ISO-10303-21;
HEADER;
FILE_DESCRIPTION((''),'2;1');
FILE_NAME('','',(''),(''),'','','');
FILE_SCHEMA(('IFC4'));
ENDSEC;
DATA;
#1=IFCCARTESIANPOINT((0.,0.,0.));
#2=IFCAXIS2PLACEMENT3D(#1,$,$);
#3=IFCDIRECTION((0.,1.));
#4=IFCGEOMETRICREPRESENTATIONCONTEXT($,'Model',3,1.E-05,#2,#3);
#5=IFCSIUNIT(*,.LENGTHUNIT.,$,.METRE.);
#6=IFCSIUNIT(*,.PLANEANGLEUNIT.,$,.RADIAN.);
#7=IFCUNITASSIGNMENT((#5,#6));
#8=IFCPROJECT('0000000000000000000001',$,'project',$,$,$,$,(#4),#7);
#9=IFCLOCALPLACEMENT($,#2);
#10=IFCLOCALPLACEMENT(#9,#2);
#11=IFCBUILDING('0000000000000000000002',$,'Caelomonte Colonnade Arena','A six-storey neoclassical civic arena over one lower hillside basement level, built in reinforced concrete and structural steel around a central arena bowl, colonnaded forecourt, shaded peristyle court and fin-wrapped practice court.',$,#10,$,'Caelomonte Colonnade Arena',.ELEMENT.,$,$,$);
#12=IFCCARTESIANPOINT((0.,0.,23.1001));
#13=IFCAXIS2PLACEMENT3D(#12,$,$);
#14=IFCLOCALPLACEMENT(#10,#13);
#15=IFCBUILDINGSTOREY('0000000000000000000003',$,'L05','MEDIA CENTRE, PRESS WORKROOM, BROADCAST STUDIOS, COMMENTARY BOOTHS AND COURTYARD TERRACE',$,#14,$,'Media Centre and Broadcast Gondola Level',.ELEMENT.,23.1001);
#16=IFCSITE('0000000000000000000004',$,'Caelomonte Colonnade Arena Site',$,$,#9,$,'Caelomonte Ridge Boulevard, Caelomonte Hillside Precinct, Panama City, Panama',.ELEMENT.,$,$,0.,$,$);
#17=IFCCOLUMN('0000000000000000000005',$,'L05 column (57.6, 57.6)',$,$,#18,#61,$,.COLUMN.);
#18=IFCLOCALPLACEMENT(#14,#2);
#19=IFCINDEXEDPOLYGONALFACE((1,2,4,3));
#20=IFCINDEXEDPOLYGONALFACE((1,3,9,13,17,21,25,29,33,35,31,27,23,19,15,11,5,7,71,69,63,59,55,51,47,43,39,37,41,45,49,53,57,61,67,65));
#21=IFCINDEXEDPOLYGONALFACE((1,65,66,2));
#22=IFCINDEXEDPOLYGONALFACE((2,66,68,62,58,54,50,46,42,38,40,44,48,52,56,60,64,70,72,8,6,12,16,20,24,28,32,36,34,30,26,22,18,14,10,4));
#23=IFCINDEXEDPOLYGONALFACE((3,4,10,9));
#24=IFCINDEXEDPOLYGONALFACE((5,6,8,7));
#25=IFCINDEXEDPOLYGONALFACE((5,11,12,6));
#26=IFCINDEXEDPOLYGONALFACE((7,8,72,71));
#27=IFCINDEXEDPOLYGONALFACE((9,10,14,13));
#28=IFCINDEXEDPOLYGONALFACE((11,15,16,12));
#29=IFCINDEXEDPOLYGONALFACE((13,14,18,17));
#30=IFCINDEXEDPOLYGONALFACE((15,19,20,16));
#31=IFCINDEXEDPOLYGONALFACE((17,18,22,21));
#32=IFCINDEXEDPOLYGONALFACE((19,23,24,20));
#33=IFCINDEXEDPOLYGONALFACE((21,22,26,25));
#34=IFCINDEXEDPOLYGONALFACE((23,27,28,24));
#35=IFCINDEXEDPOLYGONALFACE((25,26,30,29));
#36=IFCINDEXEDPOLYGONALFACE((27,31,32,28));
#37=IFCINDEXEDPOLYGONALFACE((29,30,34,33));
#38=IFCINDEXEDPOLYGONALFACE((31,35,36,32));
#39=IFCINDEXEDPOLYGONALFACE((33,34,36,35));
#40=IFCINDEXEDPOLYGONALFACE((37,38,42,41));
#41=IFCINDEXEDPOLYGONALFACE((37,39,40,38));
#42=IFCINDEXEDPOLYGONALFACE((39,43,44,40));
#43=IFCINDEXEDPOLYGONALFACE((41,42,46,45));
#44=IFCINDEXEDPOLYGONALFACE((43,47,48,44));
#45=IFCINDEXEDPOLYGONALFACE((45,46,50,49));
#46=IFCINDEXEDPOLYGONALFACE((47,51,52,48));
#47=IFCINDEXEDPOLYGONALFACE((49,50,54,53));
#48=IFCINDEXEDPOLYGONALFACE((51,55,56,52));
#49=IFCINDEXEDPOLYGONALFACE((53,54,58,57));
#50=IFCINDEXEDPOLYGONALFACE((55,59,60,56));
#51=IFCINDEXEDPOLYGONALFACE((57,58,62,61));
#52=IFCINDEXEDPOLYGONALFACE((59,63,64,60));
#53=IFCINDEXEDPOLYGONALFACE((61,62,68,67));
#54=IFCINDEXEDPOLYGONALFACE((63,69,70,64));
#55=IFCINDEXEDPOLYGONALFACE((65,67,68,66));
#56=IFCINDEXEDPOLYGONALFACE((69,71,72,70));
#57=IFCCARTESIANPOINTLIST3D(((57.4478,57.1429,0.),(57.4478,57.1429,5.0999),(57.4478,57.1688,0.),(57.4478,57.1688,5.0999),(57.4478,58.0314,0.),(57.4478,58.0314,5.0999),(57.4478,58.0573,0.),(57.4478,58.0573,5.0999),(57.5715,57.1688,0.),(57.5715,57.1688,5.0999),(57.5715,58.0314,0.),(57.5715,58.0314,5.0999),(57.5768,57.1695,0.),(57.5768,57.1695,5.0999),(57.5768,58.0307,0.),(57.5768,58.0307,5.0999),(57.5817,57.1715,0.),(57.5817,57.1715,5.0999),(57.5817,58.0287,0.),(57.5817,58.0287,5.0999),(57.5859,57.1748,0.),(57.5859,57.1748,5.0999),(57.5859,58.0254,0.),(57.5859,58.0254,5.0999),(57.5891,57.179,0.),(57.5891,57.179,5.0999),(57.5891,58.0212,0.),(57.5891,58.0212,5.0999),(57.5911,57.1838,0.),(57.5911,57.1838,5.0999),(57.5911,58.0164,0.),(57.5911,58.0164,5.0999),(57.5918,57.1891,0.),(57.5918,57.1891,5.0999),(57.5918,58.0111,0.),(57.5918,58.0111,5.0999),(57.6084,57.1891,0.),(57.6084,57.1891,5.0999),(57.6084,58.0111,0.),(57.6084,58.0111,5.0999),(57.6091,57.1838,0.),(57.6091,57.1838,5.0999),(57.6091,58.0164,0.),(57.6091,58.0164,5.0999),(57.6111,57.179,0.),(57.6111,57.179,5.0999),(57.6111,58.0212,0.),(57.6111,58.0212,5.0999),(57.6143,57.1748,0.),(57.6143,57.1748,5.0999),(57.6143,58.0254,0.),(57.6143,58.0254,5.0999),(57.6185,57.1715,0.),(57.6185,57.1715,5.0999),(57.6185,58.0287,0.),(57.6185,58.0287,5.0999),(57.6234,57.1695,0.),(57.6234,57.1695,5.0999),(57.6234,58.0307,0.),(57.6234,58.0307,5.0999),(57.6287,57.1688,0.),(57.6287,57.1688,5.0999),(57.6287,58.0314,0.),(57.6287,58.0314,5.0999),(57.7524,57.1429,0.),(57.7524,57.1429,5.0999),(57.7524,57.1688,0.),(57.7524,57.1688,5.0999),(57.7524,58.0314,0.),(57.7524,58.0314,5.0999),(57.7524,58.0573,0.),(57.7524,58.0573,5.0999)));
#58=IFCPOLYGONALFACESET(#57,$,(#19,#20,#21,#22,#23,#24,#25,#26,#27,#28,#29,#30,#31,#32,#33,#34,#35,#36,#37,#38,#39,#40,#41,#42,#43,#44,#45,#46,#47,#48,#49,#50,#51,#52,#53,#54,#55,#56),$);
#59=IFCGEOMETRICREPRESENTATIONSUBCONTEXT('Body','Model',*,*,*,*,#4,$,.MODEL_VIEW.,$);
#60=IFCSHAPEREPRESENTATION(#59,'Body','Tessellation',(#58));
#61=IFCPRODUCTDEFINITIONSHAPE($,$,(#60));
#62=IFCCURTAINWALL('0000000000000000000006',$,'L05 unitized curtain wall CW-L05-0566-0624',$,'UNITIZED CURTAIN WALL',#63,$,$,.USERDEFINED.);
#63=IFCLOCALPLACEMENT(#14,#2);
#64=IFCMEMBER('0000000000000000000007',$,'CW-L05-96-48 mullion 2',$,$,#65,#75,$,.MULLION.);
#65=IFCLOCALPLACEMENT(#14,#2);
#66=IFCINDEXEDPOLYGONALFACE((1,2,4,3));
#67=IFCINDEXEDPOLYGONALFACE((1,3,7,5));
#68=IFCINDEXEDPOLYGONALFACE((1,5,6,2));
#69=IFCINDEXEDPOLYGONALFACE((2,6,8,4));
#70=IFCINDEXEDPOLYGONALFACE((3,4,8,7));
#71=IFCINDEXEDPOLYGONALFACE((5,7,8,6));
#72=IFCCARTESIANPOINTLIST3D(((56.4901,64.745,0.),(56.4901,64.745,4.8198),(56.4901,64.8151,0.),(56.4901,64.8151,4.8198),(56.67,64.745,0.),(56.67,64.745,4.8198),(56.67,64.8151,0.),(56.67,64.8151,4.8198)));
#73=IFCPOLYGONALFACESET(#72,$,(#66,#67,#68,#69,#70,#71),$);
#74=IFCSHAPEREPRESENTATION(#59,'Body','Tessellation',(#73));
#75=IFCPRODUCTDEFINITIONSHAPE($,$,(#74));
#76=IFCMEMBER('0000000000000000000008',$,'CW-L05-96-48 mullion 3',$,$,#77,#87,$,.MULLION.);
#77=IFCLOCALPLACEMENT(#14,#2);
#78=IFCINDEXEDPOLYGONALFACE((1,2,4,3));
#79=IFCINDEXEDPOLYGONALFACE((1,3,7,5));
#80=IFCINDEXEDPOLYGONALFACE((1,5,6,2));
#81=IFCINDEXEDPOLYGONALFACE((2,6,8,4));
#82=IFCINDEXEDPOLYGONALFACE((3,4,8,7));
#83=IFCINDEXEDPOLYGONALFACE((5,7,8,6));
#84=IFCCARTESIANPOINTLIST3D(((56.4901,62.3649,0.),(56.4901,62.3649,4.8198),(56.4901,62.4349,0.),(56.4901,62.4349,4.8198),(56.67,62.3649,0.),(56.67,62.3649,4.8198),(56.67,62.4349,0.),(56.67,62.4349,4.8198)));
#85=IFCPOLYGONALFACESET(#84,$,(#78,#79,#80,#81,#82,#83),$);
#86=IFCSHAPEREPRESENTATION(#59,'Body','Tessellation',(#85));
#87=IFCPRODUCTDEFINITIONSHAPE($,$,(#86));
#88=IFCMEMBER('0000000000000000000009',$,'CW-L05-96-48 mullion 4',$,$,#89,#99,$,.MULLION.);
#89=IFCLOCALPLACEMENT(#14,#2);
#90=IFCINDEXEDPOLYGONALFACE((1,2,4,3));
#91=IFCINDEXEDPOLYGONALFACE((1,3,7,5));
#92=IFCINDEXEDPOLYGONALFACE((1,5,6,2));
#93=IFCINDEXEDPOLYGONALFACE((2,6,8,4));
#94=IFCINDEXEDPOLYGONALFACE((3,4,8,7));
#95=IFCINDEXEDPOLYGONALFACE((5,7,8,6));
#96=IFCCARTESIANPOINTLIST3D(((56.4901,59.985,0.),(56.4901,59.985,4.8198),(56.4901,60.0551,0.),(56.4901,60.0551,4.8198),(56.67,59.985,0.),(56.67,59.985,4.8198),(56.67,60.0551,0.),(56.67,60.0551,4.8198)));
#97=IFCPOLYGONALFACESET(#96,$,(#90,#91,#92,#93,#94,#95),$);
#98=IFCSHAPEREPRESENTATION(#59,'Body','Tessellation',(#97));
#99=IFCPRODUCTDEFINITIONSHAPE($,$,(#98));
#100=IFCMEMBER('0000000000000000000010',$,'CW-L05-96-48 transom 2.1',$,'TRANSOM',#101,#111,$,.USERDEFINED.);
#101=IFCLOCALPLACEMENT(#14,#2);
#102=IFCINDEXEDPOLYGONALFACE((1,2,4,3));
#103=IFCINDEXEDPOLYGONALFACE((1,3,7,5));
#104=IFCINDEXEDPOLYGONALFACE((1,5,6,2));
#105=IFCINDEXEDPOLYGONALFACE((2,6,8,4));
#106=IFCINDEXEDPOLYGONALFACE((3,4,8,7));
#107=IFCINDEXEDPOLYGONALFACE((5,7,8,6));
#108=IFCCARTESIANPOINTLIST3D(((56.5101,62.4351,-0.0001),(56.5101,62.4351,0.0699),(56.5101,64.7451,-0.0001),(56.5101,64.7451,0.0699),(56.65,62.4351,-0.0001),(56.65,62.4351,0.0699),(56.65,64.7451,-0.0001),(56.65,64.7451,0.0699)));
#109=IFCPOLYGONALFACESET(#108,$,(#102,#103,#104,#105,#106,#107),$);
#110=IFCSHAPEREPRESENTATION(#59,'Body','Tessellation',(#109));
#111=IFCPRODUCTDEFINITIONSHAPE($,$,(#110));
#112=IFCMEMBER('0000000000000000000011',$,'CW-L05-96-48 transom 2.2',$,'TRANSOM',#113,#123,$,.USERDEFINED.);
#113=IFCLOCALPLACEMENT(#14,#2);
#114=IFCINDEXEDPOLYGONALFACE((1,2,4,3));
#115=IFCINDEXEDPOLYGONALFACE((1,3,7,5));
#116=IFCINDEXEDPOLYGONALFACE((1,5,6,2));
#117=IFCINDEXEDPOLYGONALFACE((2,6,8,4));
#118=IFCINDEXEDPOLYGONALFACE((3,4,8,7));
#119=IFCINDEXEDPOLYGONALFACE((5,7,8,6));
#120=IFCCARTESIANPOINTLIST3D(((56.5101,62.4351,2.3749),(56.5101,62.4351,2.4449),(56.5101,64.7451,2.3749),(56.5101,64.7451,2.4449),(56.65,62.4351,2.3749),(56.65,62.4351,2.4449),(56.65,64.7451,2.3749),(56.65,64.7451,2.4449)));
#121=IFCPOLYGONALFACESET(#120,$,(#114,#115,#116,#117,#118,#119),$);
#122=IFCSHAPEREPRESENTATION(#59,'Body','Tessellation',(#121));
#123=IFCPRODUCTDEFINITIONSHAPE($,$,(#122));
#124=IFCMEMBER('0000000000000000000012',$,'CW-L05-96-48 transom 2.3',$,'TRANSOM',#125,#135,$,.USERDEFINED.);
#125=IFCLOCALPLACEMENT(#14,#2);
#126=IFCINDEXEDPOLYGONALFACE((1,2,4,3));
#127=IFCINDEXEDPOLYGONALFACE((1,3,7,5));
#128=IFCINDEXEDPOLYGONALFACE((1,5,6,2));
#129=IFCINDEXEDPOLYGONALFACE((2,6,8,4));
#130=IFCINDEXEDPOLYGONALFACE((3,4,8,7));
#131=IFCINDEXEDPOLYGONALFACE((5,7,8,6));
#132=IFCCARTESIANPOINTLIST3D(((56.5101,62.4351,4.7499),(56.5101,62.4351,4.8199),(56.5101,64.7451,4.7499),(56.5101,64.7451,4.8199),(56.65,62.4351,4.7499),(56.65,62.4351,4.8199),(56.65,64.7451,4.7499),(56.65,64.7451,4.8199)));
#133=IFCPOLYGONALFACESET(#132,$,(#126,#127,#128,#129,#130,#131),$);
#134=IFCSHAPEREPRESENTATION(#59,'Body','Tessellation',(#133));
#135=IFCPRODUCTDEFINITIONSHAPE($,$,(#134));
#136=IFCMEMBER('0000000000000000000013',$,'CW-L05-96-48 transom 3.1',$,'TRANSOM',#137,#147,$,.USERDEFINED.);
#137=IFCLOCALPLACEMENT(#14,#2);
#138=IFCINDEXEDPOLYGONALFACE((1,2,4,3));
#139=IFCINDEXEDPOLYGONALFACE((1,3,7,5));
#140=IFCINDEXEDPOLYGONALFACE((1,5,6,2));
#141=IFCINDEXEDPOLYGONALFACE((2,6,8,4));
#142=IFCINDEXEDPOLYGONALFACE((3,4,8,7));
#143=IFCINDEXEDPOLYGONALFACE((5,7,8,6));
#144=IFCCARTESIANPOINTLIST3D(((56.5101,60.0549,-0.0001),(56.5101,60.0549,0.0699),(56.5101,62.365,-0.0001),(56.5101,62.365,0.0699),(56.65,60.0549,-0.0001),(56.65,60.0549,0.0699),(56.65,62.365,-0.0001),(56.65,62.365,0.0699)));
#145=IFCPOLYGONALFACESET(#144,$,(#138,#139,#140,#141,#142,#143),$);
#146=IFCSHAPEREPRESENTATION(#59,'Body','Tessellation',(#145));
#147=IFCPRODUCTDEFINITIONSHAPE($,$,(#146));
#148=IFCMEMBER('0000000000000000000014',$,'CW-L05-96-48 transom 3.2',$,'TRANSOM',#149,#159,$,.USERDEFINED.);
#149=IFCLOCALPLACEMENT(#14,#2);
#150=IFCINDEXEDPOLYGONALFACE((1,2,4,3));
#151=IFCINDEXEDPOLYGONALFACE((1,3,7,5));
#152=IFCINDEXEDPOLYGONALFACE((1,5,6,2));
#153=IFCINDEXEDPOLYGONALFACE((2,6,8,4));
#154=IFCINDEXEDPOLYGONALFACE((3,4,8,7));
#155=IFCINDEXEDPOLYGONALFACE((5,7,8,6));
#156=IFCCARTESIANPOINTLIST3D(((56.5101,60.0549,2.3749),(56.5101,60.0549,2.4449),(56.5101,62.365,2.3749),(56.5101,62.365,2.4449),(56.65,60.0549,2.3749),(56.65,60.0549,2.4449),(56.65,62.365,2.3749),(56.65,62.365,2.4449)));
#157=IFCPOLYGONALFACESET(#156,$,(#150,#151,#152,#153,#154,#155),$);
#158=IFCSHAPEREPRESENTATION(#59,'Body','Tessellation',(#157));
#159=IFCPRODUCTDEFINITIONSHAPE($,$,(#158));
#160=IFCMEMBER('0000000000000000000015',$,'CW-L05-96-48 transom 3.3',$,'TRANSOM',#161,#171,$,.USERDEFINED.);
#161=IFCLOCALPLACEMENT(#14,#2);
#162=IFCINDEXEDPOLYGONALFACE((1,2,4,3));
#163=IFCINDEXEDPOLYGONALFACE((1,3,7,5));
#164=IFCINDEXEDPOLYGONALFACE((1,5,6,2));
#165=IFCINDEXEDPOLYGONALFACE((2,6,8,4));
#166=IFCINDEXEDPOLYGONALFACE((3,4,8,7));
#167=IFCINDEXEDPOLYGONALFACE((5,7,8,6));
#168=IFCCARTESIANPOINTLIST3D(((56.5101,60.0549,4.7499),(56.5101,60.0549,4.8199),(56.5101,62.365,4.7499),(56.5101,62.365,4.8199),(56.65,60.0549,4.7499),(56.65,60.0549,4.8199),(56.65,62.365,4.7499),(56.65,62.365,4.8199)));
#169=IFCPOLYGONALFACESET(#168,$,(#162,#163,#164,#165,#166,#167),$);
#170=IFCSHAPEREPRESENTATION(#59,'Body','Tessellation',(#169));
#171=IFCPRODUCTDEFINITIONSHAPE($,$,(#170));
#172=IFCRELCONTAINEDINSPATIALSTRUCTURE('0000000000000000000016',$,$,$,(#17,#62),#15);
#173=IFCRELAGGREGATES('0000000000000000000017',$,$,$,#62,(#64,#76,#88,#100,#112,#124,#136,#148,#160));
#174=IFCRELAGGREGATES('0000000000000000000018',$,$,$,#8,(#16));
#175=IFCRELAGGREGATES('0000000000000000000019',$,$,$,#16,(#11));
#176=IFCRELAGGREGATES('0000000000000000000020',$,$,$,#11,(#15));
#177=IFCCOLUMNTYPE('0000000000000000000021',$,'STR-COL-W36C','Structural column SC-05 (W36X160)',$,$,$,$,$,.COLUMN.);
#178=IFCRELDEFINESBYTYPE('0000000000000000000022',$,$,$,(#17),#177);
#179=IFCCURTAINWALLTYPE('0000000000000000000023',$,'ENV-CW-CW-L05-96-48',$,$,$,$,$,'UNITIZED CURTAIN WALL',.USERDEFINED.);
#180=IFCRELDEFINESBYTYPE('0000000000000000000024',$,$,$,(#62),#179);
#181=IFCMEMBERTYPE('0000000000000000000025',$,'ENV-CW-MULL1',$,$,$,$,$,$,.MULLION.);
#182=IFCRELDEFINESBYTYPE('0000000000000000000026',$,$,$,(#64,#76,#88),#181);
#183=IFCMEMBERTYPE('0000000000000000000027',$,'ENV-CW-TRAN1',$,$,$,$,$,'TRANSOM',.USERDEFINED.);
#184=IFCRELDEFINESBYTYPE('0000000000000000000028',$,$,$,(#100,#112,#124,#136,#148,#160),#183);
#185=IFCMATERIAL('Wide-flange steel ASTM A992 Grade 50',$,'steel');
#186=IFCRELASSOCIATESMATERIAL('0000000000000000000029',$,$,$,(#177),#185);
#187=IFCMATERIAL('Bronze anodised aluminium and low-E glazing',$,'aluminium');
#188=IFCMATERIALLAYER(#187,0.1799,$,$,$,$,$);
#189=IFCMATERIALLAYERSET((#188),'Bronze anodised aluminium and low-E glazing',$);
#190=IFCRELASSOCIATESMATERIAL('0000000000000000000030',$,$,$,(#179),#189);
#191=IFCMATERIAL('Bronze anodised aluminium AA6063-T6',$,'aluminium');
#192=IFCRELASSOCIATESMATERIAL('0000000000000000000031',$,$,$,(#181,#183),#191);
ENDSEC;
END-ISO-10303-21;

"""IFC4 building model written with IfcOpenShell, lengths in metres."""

from ifc_helpers import new_model, si_unit, direction, frame, origin, origin_2d, place, context, subcontext, project, spatial, rectangle, i_section, extrude, material, layer, layer_set, material_profile, profile_set, type_object, element, aggregate, save


model = new_model("IFC4")

# Units and contexts
model_context = context("Model", 3, precision=1e-05, world=origin(), true_north=direction((0.0, 1.0)))
body_context = subcontext(model_context, "Body", "Model", "MODEL_VIEW")
ifc_project = project(units=[si_unit("LENGTHUNIT", "METRE"), si_unit("PLANEANGLEUNIT", "RADIAN")], contexts=[model_context])

# Site, building, storey
site_placement = place(None, origin())
site = spatial("IfcSite", under=ifc_project, at=site_placement, Name="Caelomonte Colonnade Arena Site", LongName="Caelomonte Ridge Boulevard, Caelomonte Hillside Precinct, Panama City, Panama", CompositionType="ELEMENT", RefElevation=0.0)
building_placement = place(site_placement, origin())
building = spatial("IfcBuilding", under=site, at=building_placement, Name="Caelomonte Colonnade Arena", Description="A six-storey neoclassical civic arena over one lower hillside basement level, built in reinforced concrete and structural steel around a central arena bowl, colonnaded forecourt, shaded peristyle court and fin-wrapped practice court.", LongName="Caelomonte Colonnade Arena", CompositionType="ELEMENT")
storey_placement = place(building_placement, frame((0.0, 0.0, 23.1001)))
storey = spatial("IfcBuildingStorey", under=building, at=storey_placement, Name="L05", Description="MEDIA CENTRE, PRESS WORKROOM, BROADCAST STUDIOS, COMMENTARY BOOTHS AND COURTYARD TERRACE", LongName="Media Centre and Broadcast Gondola Level", CompositionType="ELEMENT", Elevation=23.1001)

# Column
ifc_material_1 = material(Name="Wide-flange steel ASTM A992 Grade 50", Category="steel")
ifc_material_profile_1 = material_profile(ifc_material_1, i_section(OverallWidth=0.3047, OverallDepth=0.9143, WebThickness=0.0166, FlangeThickness=0.0259, FilletRadius=0.0203, at=origin_2d()), Name="W36X160")
ifc_profile_set_1 = profile_set([ifc_material_profile_1], Name="Wide-flange steel ASTM A992 Grade 50")
column_type = type_object("IfcColumnType", Name="STR-COL-W36C", Description="Structural column SC-05 (W36X160)", PredefinedType="COLUMN", material=ifc_profile_set_1)
column_placement = place(storey_placement, frame((57.6001, 57.6001, 0.0), z_axis=(0.0, 0.0, 1.0), x_axis=(1.0, 0.0, 0.0)))
element("IfcColumn", 1, at=column_placement, inside=storey, type_object=column_type, Name="L05 column (57.6, 57.6)", PredefinedType="COLUMN", context=body_context, shape_type="SweptSolid", body=[
    extrude(i_section(OverallWidth=0.3047, OverallDepth=0.9143, WebThickness=0.0166, FlangeThickness=0.0259, FilletRadius=0.0203, at=origin_2d()), origin(), (0.0, 0.0, 1.0), 5.0999),
])

# Curtain wall, members
ifc_material_2 = material(Name="Bronze anodised aluminium and low-E glazing", Category="aluminium")
ifc_layer_1 = layer(ifc_material_2, 0.1799)
ifc_layer_set_1 = layer_set([ifc_layer_1], Name="Bronze anodised aluminium and low-E glazing")
curtain_wall_type = type_object("IfcCurtainWallType", Name="ENV-CW-CW-L05-96-48", ElementType="UNITIZED CURTAIN WALL", PredefinedType="USERDEFINED", material=ifc_layer_set_1)
curtain_wall_placement = place(storey_placement, origin())
curtain_wall = element("IfcCurtainWall", 2, at=curtain_wall_placement, inside=storey, type_object=curtain_wall_type, Name="L05 unitized curtain wall CW-L05-0566-0624", ObjectType="UNITIZED CURTAIN WALL", PredefinedType="USERDEFINED")
ifc_material_3 = material(Name="Bronze anodised aluminium AA6063-T6", Category="aluminium")
ifc_material_profile_2 = material_profile(ifc_material_3, rectangle(XDim=0.0701, YDim=0.1799, at=origin_2d()), Name="CWM-70X180")
ifc_profile_set_2 = profile_set([ifc_material_profile_2], Name="Bronze anodised aluminium AA6063-T6")
member_type_1 = type_object("IfcMemberType", Name="ENV-CW-MULL1", PredefinedType="MULLION", material=ifc_profile_set_2)
member_1_placement = place(storey_placement, frame((56.5801, 64.78, 0.0), z_axis=(0.0, 0.0, 1.0), x_axis=(0.0, -1.0, 0.0)))
member_1 = element("IfcMember", 3, at=member_1_placement, type_object=member_type_1, Name="CW-L05-96-48 mullion 2", PredefinedType="MULLION", context=body_context, shape_type="SweptSolid", body=[
    extrude(rectangle(XDim=0.0701, YDim=0.1799, at=origin_2d()), origin(), (0.0, 0.0, 1.0), 4.8198),
])
member_2_placement = place(storey_placement, frame((56.5801, 62.3999, 0.0), z_axis=(0.0, 0.0, 1.0), x_axis=(0.0, -1.0, 0.0)))
member_2 = element("IfcMember", 4, at=member_2_placement, type_object=member_type_1, Name="CW-L05-96-48 mullion 3", PredefinedType="MULLION", context=body_context, shape_type="SweptSolid", body=[
    extrude(rectangle(XDim=0.0701, YDim=0.1799, at=origin_2d()), origin(), (0.0, 0.0, 1.0), 4.8198),
])
member_3_placement = place(storey_placement, frame((56.5801, 60.02, 0.0), z_axis=(0.0, 0.0, 1.0), x_axis=(0.0, -1.0, 0.0)))
member_3 = element("IfcMember", 5, at=member_3_placement, type_object=member_type_1, Name="CW-L05-96-48 mullion 4", PredefinedType="MULLION", context=body_context, shape_type="SweptSolid", body=[
    extrude(rectangle(XDim=0.0701, YDim=0.1799, at=origin_2d()), origin(), (0.0, 0.0, 1.0), 4.8198),
])
ifc_material_profile_3 = material_profile(ifc_material_3, rectangle(XDim=0.0701, YDim=0.1399, at=origin_2d()), Name="CWT-70X140")
ifc_profile_set_3 = profile_set([ifc_material_profile_3], Name="Bronze anodised aluminium AA6063-T6")
member_type_2 = type_object("IfcMemberType", Name="ENV-CW-TRAN1", ElementType="TRANSOM", PredefinedType="USERDEFINED", material=ifc_profile_set_3)
member_4_placement = place(storey_placement, frame((56.5801, 64.7451, 0.0349), z_axis=(0.0, -1.0, 0.0), x_axis=(0.0, 0.0, 1.0)))
member_4 = element("IfcMember", 6, at=member_4_placement, type_object=member_type_2, Name="CW-L05-96-48 transom 2.1", ObjectType="TRANSOM", PredefinedType="USERDEFINED", context=body_context, shape_type="SweptSolid", body=[
    extrude(rectangle(XDim=0.0701, YDim=0.1399, at=origin_2d()), origin(), (0.0, 0.0, 1.0), 2.3101),
])
member_5_placement = place(storey_placement, frame((56.5801, 64.7451, 2.4099), z_axis=(0.0, -1.0, 0.0), x_axis=(0.0, 0.0, 1.0)))
member_5 = element("IfcMember", 7, at=member_5_placement, type_object=member_type_2, Name="CW-L05-96-48 transom 2.2", ObjectType="TRANSOM", PredefinedType="USERDEFINED", context=body_context, shape_type="SweptSolid", body=[
    extrude(rectangle(XDim=0.0701, YDim=0.1399, at=origin_2d()), origin(), (0.0, 0.0, 1.0), 2.3101),
])
member_6_placement = place(storey_placement, frame((56.5801, 64.7451, 4.7849), z_axis=(0.0, -1.0, 0.0), x_axis=(0.0, 0.0, 1.0)))
member_6 = element("IfcMember", 8, at=member_6_placement, type_object=member_type_2, Name="CW-L05-96-48 transom 2.3", ObjectType="TRANSOM", PredefinedType="USERDEFINED", context=body_context, shape_type="SweptSolid", body=[
    extrude(rectangle(XDim=0.0701, YDim=0.1399, at=origin_2d()), origin(), (0.0, 0.0, 1.0), 2.3101),
])
member_7_placement = place(storey_placement, frame((56.5801, 62.365, 0.0349), z_axis=(0.0, -1.0, 0.0), x_axis=(0.0, 0.0, 1.0)))
member_7 = element("IfcMember", 9, at=member_7_placement, type_object=member_type_2, Name="CW-L05-96-48 transom 3.1", ObjectType="TRANSOM", PredefinedType="USERDEFINED", context=body_context, shape_type="SweptSolid", body=[
    extrude(rectangle(XDim=0.0701, YDim=0.1399, at=origin_2d()), origin(), (0.0, 0.0, 1.0), 2.3101),
])
member_8_placement = place(storey_placement, frame((56.5801, 62.365, 2.4099), z_axis=(0.0, -1.0, 0.0), x_axis=(0.0, 0.0, 1.0)))
member_8 = element("IfcMember", 10, at=member_8_placement, type_object=member_type_2, Name="CW-L05-96-48 transom 3.2", ObjectType="TRANSOM", PredefinedType="USERDEFINED", context=body_context, shape_type="SweptSolid", body=[
    extrude(rectangle(XDim=0.0701, YDim=0.1399, at=origin_2d()), origin(), (0.0, 0.0, 1.0), 2.3101),
])
member_9_placement = place(storey_placement, frame((56.5801, 62.365, 4.7849), z_axis=(0.0, -1.0, 0.0), x_axis=(0.0, 0.0, 1.0)))
member_9 = element("IfcMember", 11, at=member_9_placement, type_object=member_type_2, Name="CW-L05-96-48 transom 3.3", ObjectType="TRANSOM", PredefinedType="USERDEFINED", context=body_context, shape_type="SweptSolid", body=[
    extrude(rectangle(XDim=0.0701, YDim=0.1399, at=origin_2d()), origin(), (0.0, 0.0, 1.0), 2.3101),
])

aggregate(curtain_wall, [member_1, member_2, member_3, member_4, member_5, member_6, member_7, member_8, member_9])

save(model, "model.ifc")
